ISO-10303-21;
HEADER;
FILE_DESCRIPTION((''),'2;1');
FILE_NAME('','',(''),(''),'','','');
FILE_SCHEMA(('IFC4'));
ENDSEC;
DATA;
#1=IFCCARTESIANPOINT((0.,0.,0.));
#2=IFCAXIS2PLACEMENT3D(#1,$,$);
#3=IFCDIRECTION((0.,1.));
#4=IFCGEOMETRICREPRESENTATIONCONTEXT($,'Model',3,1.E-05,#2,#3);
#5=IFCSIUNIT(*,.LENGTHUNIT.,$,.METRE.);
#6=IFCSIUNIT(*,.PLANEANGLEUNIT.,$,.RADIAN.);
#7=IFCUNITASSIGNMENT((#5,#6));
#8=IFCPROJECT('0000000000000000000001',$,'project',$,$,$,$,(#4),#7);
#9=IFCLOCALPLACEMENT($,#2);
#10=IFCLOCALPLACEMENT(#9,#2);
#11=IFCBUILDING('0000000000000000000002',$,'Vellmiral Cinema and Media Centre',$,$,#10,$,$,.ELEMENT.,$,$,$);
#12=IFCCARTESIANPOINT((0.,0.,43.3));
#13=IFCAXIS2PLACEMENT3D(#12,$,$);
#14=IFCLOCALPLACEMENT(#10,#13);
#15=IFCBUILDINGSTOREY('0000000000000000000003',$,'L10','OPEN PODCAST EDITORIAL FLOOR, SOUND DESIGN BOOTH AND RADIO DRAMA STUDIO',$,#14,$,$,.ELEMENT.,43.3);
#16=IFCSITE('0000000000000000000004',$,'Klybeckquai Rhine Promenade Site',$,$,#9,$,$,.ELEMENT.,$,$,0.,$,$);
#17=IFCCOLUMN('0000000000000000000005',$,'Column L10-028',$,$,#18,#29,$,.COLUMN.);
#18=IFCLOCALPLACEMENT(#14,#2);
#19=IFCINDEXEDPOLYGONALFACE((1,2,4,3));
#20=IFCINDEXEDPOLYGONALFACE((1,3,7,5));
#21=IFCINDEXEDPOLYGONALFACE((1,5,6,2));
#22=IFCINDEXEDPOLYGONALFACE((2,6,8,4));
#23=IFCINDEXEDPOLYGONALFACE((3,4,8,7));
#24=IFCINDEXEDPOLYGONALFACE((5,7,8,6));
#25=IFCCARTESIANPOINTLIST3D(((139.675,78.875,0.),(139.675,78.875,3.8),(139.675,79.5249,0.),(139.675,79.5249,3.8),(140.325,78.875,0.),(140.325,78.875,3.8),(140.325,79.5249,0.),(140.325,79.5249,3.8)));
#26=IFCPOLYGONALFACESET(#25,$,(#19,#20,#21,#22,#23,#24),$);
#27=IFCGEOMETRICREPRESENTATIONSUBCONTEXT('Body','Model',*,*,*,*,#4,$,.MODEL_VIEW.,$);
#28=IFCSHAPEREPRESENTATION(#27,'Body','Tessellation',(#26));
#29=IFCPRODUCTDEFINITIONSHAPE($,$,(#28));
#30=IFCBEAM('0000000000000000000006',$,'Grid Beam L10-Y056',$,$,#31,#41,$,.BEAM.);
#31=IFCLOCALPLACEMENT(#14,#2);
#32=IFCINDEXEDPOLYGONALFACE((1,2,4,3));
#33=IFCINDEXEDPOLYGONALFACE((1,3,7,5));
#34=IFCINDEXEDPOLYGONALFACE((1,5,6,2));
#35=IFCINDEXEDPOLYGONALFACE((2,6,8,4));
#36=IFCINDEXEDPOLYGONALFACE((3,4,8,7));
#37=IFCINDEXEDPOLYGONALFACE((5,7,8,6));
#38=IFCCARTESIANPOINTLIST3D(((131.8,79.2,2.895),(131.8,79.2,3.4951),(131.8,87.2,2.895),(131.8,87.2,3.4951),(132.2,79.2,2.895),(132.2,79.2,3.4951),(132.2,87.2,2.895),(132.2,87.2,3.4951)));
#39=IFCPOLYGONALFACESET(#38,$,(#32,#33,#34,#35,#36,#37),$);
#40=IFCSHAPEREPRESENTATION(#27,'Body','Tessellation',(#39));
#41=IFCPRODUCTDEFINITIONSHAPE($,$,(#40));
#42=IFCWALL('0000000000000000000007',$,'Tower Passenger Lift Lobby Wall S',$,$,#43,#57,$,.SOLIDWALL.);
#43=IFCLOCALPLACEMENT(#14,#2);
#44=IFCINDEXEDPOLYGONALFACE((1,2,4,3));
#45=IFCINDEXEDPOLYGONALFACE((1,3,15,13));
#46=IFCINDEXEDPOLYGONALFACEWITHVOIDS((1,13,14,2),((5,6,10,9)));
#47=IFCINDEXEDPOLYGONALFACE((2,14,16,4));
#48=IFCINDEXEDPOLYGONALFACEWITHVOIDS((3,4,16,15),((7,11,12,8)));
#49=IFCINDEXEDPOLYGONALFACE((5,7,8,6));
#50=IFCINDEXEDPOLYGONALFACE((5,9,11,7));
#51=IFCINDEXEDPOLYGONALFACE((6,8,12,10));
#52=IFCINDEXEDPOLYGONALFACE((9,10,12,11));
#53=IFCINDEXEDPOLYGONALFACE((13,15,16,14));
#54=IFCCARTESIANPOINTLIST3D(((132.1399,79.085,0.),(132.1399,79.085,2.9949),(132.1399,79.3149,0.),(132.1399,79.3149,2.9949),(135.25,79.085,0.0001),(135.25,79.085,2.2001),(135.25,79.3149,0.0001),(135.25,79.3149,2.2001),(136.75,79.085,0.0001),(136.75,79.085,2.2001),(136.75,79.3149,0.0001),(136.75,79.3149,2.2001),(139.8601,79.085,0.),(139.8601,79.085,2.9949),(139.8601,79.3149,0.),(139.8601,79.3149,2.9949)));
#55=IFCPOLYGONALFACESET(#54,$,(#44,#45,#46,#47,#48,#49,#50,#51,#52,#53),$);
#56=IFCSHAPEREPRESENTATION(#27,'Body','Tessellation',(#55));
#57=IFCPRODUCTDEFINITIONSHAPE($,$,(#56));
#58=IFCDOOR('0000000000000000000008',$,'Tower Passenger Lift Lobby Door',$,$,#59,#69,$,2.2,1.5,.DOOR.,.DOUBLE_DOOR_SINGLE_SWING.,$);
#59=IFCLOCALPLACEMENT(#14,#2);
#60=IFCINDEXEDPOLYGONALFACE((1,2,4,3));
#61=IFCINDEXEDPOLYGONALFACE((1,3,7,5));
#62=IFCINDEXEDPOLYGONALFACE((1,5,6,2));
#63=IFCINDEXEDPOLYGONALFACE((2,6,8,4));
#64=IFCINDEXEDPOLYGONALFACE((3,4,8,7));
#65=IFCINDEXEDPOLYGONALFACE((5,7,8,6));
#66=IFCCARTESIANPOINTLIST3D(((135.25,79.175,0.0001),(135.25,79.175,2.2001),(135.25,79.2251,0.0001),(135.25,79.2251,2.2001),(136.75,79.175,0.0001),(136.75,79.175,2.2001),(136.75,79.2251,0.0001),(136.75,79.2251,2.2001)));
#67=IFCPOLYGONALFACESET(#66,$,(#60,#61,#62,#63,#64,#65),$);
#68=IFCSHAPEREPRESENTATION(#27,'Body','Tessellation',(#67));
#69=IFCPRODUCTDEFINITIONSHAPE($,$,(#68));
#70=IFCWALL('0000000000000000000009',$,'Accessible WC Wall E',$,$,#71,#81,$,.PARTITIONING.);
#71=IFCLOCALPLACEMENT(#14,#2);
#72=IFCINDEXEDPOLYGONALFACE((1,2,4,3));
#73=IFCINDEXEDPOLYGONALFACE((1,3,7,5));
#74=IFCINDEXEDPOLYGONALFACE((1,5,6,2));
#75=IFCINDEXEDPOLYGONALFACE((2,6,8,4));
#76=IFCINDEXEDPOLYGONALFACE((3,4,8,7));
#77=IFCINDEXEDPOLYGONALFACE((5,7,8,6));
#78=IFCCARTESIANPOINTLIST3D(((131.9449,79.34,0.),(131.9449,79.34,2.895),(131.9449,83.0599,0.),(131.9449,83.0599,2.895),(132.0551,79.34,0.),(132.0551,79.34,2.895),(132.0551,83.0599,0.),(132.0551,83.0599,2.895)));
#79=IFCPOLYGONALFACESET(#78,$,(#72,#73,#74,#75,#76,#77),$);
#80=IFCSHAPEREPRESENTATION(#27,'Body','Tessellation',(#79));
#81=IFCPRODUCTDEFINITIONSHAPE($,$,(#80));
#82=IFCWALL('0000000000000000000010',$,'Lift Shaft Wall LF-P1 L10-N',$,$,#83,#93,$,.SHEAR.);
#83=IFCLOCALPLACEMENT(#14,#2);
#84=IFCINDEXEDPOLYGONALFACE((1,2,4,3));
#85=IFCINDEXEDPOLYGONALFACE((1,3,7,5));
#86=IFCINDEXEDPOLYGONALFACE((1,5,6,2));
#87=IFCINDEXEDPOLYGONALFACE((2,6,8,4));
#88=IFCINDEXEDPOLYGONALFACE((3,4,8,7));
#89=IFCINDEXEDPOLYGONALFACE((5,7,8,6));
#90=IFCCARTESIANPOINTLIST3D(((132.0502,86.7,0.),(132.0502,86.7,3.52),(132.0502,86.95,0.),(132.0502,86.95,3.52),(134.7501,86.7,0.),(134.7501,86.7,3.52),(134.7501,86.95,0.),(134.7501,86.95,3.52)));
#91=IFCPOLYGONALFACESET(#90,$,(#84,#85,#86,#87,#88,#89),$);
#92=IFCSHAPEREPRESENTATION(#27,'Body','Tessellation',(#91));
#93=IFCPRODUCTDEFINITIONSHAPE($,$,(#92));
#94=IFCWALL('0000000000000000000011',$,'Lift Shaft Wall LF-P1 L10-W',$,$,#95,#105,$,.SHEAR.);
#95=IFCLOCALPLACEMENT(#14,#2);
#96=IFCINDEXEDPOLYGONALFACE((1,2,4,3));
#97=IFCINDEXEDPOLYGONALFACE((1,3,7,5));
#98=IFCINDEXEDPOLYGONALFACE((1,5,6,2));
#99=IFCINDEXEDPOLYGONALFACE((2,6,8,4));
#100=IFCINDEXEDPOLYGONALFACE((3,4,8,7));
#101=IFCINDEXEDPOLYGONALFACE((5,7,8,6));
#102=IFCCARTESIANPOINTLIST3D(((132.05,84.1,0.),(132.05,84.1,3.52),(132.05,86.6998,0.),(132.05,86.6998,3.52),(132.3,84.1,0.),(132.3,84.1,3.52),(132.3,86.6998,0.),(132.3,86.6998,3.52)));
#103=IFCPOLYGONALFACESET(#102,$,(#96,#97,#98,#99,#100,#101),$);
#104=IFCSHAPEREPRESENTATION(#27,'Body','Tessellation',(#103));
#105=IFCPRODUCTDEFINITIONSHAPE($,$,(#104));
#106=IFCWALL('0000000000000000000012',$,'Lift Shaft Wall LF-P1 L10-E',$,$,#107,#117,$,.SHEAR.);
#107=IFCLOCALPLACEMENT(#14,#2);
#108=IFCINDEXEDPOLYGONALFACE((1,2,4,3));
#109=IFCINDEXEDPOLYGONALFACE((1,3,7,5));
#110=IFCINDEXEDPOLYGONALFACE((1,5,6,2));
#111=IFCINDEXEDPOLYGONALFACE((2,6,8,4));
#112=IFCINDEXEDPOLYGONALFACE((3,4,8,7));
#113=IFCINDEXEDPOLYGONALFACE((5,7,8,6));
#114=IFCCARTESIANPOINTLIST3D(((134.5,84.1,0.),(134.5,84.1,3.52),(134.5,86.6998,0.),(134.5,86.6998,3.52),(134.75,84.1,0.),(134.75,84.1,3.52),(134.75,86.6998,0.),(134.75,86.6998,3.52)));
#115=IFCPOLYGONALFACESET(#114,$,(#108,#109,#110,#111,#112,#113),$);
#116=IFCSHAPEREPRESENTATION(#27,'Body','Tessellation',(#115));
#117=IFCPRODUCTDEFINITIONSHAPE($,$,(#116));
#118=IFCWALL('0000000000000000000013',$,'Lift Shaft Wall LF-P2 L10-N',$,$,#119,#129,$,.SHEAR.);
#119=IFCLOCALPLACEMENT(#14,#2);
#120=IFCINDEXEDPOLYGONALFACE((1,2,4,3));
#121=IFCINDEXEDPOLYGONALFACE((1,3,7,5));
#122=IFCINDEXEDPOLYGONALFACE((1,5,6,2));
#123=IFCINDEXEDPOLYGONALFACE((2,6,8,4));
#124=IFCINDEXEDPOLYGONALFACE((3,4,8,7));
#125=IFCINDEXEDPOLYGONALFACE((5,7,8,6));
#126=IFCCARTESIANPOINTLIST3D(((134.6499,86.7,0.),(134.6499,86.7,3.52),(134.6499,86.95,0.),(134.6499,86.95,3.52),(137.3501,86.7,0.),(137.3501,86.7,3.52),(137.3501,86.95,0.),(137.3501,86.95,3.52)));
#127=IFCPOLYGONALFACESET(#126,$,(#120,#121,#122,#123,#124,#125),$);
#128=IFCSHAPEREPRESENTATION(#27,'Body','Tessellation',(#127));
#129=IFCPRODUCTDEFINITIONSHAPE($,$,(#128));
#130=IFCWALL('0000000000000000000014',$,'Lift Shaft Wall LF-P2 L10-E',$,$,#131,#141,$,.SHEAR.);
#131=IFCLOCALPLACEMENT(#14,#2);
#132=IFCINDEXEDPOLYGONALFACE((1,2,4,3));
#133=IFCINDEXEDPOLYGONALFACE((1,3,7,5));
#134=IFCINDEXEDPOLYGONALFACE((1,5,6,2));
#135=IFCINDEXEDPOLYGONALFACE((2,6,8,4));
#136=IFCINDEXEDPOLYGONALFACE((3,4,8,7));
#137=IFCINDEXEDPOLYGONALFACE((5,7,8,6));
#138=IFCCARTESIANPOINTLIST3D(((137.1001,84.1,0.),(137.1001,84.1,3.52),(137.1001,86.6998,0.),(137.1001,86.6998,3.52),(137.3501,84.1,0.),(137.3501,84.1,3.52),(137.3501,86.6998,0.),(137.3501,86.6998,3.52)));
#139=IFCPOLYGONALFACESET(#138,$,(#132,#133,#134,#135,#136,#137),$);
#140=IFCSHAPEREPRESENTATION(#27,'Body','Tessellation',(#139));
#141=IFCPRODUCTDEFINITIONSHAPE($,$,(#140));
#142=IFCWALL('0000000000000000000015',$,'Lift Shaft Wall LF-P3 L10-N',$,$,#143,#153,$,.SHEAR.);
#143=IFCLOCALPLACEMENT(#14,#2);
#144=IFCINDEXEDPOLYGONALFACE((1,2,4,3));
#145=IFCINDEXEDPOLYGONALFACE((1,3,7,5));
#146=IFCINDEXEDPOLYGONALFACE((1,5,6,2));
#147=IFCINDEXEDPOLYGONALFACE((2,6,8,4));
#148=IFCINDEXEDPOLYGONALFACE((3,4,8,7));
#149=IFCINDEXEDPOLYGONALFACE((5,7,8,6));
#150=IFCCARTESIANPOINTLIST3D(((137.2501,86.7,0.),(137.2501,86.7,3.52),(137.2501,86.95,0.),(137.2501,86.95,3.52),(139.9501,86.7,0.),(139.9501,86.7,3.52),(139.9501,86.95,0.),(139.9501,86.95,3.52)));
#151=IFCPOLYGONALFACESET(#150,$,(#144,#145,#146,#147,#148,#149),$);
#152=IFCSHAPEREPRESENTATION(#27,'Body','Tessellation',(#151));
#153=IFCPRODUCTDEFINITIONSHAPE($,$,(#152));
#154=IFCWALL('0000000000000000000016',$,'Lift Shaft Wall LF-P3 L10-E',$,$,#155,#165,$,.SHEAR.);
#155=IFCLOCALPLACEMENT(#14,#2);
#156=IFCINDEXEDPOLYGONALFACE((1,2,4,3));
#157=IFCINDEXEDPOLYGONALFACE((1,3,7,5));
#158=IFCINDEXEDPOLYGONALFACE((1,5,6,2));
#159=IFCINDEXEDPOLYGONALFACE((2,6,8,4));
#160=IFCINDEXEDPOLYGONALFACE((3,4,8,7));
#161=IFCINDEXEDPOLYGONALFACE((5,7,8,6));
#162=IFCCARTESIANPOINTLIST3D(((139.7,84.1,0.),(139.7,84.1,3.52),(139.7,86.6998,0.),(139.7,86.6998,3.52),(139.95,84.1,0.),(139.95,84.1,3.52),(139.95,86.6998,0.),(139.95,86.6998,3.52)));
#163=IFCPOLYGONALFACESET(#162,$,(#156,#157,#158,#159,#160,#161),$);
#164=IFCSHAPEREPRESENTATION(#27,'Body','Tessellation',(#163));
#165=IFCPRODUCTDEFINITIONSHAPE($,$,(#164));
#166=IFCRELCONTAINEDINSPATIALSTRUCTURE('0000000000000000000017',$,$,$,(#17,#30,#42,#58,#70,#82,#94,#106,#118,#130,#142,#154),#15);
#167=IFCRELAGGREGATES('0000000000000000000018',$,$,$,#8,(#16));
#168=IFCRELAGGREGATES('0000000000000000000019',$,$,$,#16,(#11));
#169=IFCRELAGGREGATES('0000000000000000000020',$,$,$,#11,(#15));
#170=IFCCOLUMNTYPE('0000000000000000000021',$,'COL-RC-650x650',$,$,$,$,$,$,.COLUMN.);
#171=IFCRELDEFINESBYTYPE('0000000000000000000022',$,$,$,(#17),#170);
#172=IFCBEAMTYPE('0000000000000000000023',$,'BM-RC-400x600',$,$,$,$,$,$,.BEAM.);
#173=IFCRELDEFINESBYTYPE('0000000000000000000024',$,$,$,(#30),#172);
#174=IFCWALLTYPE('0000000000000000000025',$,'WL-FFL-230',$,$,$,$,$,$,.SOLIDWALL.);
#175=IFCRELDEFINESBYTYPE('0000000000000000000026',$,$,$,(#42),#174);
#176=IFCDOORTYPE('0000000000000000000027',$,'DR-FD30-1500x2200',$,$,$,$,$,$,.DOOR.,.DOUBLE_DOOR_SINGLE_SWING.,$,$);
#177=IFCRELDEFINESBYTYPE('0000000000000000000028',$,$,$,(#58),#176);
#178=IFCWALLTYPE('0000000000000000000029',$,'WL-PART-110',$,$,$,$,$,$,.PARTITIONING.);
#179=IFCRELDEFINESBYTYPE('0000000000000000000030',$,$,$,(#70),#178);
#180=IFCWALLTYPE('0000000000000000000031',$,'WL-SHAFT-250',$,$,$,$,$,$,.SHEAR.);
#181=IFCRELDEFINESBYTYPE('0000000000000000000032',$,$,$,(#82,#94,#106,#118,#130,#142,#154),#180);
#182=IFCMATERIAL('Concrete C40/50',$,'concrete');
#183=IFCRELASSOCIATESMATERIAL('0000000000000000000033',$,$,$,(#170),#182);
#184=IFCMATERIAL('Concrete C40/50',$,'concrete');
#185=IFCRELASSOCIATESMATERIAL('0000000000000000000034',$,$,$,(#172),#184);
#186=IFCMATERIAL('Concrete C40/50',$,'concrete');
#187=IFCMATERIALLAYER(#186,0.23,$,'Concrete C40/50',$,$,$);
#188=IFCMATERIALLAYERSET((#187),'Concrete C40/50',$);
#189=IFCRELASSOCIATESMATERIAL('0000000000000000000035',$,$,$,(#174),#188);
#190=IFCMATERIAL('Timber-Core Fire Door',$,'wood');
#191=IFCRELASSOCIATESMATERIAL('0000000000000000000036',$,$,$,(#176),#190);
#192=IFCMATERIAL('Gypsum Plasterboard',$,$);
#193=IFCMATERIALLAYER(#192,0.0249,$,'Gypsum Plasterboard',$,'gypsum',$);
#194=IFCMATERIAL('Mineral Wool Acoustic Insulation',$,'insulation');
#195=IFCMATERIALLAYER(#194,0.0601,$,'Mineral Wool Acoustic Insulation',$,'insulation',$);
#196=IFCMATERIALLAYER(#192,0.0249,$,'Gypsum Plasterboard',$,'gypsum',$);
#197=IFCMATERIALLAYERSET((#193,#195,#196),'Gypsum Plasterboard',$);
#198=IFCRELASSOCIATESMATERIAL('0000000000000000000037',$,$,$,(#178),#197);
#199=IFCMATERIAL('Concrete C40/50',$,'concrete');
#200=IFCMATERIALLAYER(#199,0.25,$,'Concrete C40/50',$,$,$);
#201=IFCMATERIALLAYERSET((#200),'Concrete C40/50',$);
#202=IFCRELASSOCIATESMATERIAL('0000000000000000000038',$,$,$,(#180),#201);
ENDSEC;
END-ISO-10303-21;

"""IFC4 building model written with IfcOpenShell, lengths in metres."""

from ifc_helpers import new_model, si_unit, direction, frame, frame_2d, origin, origin_2d, place, context, subcontext, project, spatial, rectangle, extrude, material, layer, layer_set, material_profile, profile_set, type_object, element, fill, save


model = new_model("IFC4")

# Units and contexts
model_context = context("Model", 3, precision=1e-05, world=origin(), true_north=direction((0.0, 1.0)))
body_context = subcontext(model_context, "Body", "Model", "MODEL_VIEW")
ifc_project = project(units=[si_unit("LENGTHUNIT", "METRE"), si_unit("PLANEANGLEUNIT", "RADIAN")], contexts=[model_context])

# Site, building, storey
site_placement = place(None, origin())
site = spatial("IfcSite", under=ifc_project, at=site_placement, Name="Klybeckquai Rhine Promenade Site", CompositionType="ELEMENT", RefElevation=0.0)
building_placement = place(site_placement, origin())
building = spatial("IfcBuilding", under=site, at=building_placement, Name="Vellmiral Cinema and Media Centre", CompositionType="ELEMENT")
storey_placement = place(building_placement, frame((0.0, 0.0, 43.3)))
storey = spatial("IfcBuildingStorey", under=building, at=storey_placement, Name="L10", Description="OPEN PODCAST EDITORIAL FLOOR, SOUND DESIGN BOOTH AND RADIO DRAMA STUDIO", CompositionType="ELEMENT", Elevation=43.3)

# Column
ifc_material_1 = material(Name="Concrete C40/50", Category="concrete")
ifc_material_profile_1 = material_profile(ifc_material_1, rectangle(XDim=0.6499, YDim=0.6499, at=origin_2d()), Name="RC 650x650")
ifc_profile_set_1 = profile_set([ifc_material_profile_1], Name="Concrete C40/50")
column_type = type_object("IfcColumnType", Name="COL-RC-650x650", PredefinedType="COLUMN", material=ifc_profile_set_1)
column_placement = place(storey_placement, frame((140.0, 79.2, 0.0), z_axis=(0.0, 0.0, 1.0), x_axis=(1.0, 0.0, 0.0)))
element("IfcColumn", 1, at=column_placement, inside=storey, type_object=column_type, Name="Column L10-028", PredefinedType="COLUMN", context=body_context, shape_type="SweptSolid", body=[
    extrude(rectangle(XDim=0.6499, YDim=0.6499, at=origin_2d()), origin(), (0.0, 0.0, 1.0), 3.8),
])

# Beam
ifc_material_2 = material(Name="Concrete C40/50", Category="concrete")
ifc_material_profile_2 = material_profile(ifc_material_2, rectangle(XDim=0.3999, YDim=0.6001, at=origin_2d()), Name="RC 400x600")
ifc_profile_set_2 = profile_set([ifc_material_profile_2], Name="Concrete C40/50")
beam_type = type_object("IfcBeamType", Name="BM-RC-400x600", PredefinedType="BEAM", material=ifc_profile_set_2)
beam_placement = place(storey_placement, frame((132.0, 79.2, 3.1951), z_axis=(0.0, 1.0, 0.0), x_axis=(-1.0, 0.0, 0.0)))
element("IfcBeam", 2, at=beam_placement, inside=storey, type_object=beam_type, Name="Grid Beam L10-Y056", PredefinedType="BEAM", context=body_context, shape_type="SweptSolid", body=[
    extrude(rectangle(XDim=0.3999, YDim=0.6001, at=origin_2d()), origin(), (0.0, 0.0, 1.0), 8.0),
])

# Wall, opening, door
ifc_material_3 = material(Name="Concrete C40/50", Category="concrete")
ifc_layer_1 = layer(ifc_material_3, 0.23, Name="Concrete C40/50")
ifc_layer_set_1 = layer_set([ifc_layer_1], Name="Concrete C40/50")
wall_type_1 = type_object("IfcWallType", Name="WL-FFL-230", PredefinedType="SOLIDWALL", material=ifc_layer_set_1)
wall_1_placement = place(storey_placement, frame((132.1399, 79.2, 0.0), z_axis=(0.0, 0.0, 1.0), x_axis=(1.0, 0.0, 0.0)))
wall_1 = element("IfcWall", 3, at=wall_1_placement, inside=storey, type_object=wall_type_1, Name="Tower Passenger Lift Lobby Wall S", PredefinedType="SOLIDWALL", context=body_context, shape_type="SweptSolid", body=[
    extrude(rectangle(XDim=7.7202, YDim=0.23, at=frame_2d((3.8601, 0.0))), origin(), (0.0, 0.0, 1.0), 2.9949),
])
opening_1_placement = place(wall_1_placement, frame((3.1101, 0.0, 0.0)))
opening_1 = element("IfcOpeningElement", 4, at=opening_1_placement, cuts=wall_1, PredefinedType="OPENING", context=body_context, shape_type="SweptSolid", body=[
    extrude(rectangle(XDim=1.5, YDim=2.2, at=frame_2d((0.75, 1.1001))), frame((0.0, 0.127, 0.0), z_axis=(0.0, -1.0, 0.0), x_axis=(1.0, 0.0, 0.0)), (0.0, 0.0, 1.0), 0.2539),
])
ifc_material_4 = material(Name="Timber-Core Fire Door", Category="wood")
door_type_1 = type_object("IfcDoorType", Name="DR-FD30-1500x2200", OperationType="DOUBLE_DOOR_SINGLE_SWING", PredefinedType="DOOR", material=ifc_material_4)
door_1_placement = place(opening_1_placement, frame((1.5, 0.0, 0.0), z_axis=(0.0, 0.0, 1.0), x_axis=(-1.0, 0.0, 0.0)))
door_1 = element("IfcDoor", 5, at=door_1_placement, inside=storey, type_object=door_type_1, Name="Tower Passenger Lift Lobby Door", OperationType="DOUBLE_DOOR_SINGLE_SWING", OverallHeight=2.2, OverallWidth=1.5, PredefinedType="DOOR", context=body_context, shape_type="SweptSolid", body=[
    extrude(rectangle(XDim=1.5, YDim=2.2, at=frame_2d((0.75, 1.1001))), frame((0.0, 0.0249, 0.0), z_axis=(0.0, -1.0, 0.0), x_axis=(1.0, 0.0, 0.0)), (0.0, 0.0, 1.0), 0.05),
])
fill(opening_1, door_1)

# Wall
ifc_material_5 = material(Name="Gypsum Plasterboard")
ifc_layer_2 = layer(ifc_material_5, 0.0249, Name="Gypsum Plasterboard", Category="gypsum")
ifc_material_6 = material(Name="Mineral Wool Acoustic Insulation", Category="insulation")
ifc_layer_3 = layer(ifc_material_6, 0.0601, Name="Mineral Wool Acoustic Insulation", Category="insulation")
ifc_layer_4 = layer(ifc_material_5, 0.0249, Name="Gypsum Plasterboard", Category="gypsum")
ifc_layer_set_2 = layer_set([ifc_layer_2, ifc_layer_3, ifc_layer_4], Name="Gypsum Plasterboard")
wall_type_2 = type_object("IfcWallType", Name="WL-PART-110", PredefinedType="PARTITIONING", material=ifc_layer_set_2)
wall_2_placement = place(storey_placement, frame((132.0, 79.3401, 0.0), z_axis=(0.0, 0.0, 1.0), x_axis=(0.0, 1.0, 0.0)))
element("IfcWall", 6, at=wall_2_placement, inside=storey, type_object=wall_type_2, Name="Accessible WC Wall E", PredefinedType="PARTITIONING", context=body_context, shape_type="SweptSolid", body=[
    extrude(rectangle(XDim=3.72, YDim=0.1101, at=frame_2d((1.8599, 0.0))), origin(), (0.0, 0.0, 1.0), 2.895),
])

# Shared definitions
ifc_material_7 = material(Name="Concrete C40/50", Category="concrete")
ifc_layer_5 = layer(ifc_material_7, 0.25, Name="Concrete C40/50")
ifc_layer_set_3 = layer_set([ifc_layer_5], Name="Concrete C40/50")
wall_type_3 = type_object("IfcWallType", Name="WL-SHAFT-250", PredefinedType="SHEAR", material=ifc_layer_set_3)

# Walls
wall_3_placement = place(storey_placement, frame((132.05, 86.825, 0.0), z_axis=(0.0, 0.0, 1.0), x_axis=(1.0, 0.0, 0.0)))
element("IfcWall", 7, at=wall_3_placement, inside=storey, type_object=wall_type_3, Name="Lift Shaft Wall LF-P1 L10-N", PredefinedType="SHEAR", context=body_context, shape_type="SweptSolid", body=[
    extrude(rectangle(XDim=2.7, YDim=0.25, at=frame_2d((1.3501, 0.0))), origin(), (0.0, 0.0, 1.0), 3.52),
])
for number, where, z_axis, x_axis, name in (
    (8, (132.175, 84.1001, 0.0), (0.0, 0.0, 1.0), (0.0, 1.0, 0.0), "Lift Shaft Wall LF-P1 L10-W"),
    (9, (134.625, 84.1001, 0.0), (0.0, 0.0, 1.0), (0.0, 1.0, 0.0), "Lift Shaft Wall LF-P1 L10-E"),
):
    element("IfcWall", number, at=place(storey_placement, frame(where, z_axis=z_axis, x_axis=x_axis)), inside=storey, type_object=wall_type_3, Name=name, PredefinedType="SHEAR", context=body_context, shape_type="SweptSolid", body=[
        extrude(rectangle(XDim=2.5999, YDim=0.25, at=frame_2d((1.2998, 0.0))), origin(), (0.0, 0.0, 1.0), 3.52),
    ])

# Walls
wall_4_placement = place(storey_placement, frame((134.6499, 86.825, 0.0), z_axis=(0.0, 0.0, 1.0), x_axis=(1.0, 0.0, 0.0)))
element("IfcWall", 10, at=wall_4_placement, inside=storey, type_object=wall_type_3, Name="Lift Shaft Wall LF-P2 L10-N", PredefinedType="SHEAR", context=body_context, shape_type="SweptSolid", body=[
    extrude(rectangle(XDim=2.7002, YDim=0.25, at=frame_2d((1.3501, 0.0))), origin(), (0.0, 0.0, 1.0), 3.52),
])
wall_5_placement = place(storey_placement, frame((137.2251, 84.1001, 0.0), z_axis=(0.0, 0.0, 1.0), x_axis=(0.0, 1.0, 0.0)))
element("IfcWall", 11, at=wall_5_placement, inside=storey, type_object=wall_type_3, Name="Lift Shaft Wall LF-P2 L10-E", PredefinedType="SHEAR", context=body_context, shape_type="SweptSolid", body=[
    extrude(rectangle(XDim=2.5999, YDim=0.25, at=frame_2d((1.2998, 0.0))), origin(), (0.0, 0.0, 1.0), 3.52),
])

# Walls
wall_6_placement = place(storey_placement, frame((137.25, 86.825, 0.0), z_axis=(0.0, 0.0, 1.0), x_axis=(1.0, 0.0, 0.0)))
element("IfcWall", 12, at=wall_6_placement, inside=storey, type_object=wall_type_3, Name="Lift Shaft Wall LF-P3 L10-N", PredefinedType="SHEAR", context=body_context, shape_type="SweptSolid", body=[
    extrude(rectangle(XDim=2.7, YDim=0.25, at=frame_2d((1.3501, 0.0))), origin(), (0.0, 0.0, 1.0), 3.52),
])
wall_7_placement = place(storey_placement, frame((139.825, 84.1001, 0.0), z_axis=(0.0, 0.0, 1.0), x_axis=(0.0, 1.0, 0.0)))
element("IfcWall", 13, at=wall_7_placement, inside=storey, type_object=wall_type_3, Name="Lift Shaft Wall LF-P3 L10-E", PredefinedType="SHEAR", context=body_context, shape_type="SweptSolid", body=[
    extrude(rectangle(XDim=2.5999, YDim=0.25, at=frame_2d((1.2998, 0.0))), origin(), (0.0, 0.0, 1.0), 3.52),
])

save(model, "model.ifc")
